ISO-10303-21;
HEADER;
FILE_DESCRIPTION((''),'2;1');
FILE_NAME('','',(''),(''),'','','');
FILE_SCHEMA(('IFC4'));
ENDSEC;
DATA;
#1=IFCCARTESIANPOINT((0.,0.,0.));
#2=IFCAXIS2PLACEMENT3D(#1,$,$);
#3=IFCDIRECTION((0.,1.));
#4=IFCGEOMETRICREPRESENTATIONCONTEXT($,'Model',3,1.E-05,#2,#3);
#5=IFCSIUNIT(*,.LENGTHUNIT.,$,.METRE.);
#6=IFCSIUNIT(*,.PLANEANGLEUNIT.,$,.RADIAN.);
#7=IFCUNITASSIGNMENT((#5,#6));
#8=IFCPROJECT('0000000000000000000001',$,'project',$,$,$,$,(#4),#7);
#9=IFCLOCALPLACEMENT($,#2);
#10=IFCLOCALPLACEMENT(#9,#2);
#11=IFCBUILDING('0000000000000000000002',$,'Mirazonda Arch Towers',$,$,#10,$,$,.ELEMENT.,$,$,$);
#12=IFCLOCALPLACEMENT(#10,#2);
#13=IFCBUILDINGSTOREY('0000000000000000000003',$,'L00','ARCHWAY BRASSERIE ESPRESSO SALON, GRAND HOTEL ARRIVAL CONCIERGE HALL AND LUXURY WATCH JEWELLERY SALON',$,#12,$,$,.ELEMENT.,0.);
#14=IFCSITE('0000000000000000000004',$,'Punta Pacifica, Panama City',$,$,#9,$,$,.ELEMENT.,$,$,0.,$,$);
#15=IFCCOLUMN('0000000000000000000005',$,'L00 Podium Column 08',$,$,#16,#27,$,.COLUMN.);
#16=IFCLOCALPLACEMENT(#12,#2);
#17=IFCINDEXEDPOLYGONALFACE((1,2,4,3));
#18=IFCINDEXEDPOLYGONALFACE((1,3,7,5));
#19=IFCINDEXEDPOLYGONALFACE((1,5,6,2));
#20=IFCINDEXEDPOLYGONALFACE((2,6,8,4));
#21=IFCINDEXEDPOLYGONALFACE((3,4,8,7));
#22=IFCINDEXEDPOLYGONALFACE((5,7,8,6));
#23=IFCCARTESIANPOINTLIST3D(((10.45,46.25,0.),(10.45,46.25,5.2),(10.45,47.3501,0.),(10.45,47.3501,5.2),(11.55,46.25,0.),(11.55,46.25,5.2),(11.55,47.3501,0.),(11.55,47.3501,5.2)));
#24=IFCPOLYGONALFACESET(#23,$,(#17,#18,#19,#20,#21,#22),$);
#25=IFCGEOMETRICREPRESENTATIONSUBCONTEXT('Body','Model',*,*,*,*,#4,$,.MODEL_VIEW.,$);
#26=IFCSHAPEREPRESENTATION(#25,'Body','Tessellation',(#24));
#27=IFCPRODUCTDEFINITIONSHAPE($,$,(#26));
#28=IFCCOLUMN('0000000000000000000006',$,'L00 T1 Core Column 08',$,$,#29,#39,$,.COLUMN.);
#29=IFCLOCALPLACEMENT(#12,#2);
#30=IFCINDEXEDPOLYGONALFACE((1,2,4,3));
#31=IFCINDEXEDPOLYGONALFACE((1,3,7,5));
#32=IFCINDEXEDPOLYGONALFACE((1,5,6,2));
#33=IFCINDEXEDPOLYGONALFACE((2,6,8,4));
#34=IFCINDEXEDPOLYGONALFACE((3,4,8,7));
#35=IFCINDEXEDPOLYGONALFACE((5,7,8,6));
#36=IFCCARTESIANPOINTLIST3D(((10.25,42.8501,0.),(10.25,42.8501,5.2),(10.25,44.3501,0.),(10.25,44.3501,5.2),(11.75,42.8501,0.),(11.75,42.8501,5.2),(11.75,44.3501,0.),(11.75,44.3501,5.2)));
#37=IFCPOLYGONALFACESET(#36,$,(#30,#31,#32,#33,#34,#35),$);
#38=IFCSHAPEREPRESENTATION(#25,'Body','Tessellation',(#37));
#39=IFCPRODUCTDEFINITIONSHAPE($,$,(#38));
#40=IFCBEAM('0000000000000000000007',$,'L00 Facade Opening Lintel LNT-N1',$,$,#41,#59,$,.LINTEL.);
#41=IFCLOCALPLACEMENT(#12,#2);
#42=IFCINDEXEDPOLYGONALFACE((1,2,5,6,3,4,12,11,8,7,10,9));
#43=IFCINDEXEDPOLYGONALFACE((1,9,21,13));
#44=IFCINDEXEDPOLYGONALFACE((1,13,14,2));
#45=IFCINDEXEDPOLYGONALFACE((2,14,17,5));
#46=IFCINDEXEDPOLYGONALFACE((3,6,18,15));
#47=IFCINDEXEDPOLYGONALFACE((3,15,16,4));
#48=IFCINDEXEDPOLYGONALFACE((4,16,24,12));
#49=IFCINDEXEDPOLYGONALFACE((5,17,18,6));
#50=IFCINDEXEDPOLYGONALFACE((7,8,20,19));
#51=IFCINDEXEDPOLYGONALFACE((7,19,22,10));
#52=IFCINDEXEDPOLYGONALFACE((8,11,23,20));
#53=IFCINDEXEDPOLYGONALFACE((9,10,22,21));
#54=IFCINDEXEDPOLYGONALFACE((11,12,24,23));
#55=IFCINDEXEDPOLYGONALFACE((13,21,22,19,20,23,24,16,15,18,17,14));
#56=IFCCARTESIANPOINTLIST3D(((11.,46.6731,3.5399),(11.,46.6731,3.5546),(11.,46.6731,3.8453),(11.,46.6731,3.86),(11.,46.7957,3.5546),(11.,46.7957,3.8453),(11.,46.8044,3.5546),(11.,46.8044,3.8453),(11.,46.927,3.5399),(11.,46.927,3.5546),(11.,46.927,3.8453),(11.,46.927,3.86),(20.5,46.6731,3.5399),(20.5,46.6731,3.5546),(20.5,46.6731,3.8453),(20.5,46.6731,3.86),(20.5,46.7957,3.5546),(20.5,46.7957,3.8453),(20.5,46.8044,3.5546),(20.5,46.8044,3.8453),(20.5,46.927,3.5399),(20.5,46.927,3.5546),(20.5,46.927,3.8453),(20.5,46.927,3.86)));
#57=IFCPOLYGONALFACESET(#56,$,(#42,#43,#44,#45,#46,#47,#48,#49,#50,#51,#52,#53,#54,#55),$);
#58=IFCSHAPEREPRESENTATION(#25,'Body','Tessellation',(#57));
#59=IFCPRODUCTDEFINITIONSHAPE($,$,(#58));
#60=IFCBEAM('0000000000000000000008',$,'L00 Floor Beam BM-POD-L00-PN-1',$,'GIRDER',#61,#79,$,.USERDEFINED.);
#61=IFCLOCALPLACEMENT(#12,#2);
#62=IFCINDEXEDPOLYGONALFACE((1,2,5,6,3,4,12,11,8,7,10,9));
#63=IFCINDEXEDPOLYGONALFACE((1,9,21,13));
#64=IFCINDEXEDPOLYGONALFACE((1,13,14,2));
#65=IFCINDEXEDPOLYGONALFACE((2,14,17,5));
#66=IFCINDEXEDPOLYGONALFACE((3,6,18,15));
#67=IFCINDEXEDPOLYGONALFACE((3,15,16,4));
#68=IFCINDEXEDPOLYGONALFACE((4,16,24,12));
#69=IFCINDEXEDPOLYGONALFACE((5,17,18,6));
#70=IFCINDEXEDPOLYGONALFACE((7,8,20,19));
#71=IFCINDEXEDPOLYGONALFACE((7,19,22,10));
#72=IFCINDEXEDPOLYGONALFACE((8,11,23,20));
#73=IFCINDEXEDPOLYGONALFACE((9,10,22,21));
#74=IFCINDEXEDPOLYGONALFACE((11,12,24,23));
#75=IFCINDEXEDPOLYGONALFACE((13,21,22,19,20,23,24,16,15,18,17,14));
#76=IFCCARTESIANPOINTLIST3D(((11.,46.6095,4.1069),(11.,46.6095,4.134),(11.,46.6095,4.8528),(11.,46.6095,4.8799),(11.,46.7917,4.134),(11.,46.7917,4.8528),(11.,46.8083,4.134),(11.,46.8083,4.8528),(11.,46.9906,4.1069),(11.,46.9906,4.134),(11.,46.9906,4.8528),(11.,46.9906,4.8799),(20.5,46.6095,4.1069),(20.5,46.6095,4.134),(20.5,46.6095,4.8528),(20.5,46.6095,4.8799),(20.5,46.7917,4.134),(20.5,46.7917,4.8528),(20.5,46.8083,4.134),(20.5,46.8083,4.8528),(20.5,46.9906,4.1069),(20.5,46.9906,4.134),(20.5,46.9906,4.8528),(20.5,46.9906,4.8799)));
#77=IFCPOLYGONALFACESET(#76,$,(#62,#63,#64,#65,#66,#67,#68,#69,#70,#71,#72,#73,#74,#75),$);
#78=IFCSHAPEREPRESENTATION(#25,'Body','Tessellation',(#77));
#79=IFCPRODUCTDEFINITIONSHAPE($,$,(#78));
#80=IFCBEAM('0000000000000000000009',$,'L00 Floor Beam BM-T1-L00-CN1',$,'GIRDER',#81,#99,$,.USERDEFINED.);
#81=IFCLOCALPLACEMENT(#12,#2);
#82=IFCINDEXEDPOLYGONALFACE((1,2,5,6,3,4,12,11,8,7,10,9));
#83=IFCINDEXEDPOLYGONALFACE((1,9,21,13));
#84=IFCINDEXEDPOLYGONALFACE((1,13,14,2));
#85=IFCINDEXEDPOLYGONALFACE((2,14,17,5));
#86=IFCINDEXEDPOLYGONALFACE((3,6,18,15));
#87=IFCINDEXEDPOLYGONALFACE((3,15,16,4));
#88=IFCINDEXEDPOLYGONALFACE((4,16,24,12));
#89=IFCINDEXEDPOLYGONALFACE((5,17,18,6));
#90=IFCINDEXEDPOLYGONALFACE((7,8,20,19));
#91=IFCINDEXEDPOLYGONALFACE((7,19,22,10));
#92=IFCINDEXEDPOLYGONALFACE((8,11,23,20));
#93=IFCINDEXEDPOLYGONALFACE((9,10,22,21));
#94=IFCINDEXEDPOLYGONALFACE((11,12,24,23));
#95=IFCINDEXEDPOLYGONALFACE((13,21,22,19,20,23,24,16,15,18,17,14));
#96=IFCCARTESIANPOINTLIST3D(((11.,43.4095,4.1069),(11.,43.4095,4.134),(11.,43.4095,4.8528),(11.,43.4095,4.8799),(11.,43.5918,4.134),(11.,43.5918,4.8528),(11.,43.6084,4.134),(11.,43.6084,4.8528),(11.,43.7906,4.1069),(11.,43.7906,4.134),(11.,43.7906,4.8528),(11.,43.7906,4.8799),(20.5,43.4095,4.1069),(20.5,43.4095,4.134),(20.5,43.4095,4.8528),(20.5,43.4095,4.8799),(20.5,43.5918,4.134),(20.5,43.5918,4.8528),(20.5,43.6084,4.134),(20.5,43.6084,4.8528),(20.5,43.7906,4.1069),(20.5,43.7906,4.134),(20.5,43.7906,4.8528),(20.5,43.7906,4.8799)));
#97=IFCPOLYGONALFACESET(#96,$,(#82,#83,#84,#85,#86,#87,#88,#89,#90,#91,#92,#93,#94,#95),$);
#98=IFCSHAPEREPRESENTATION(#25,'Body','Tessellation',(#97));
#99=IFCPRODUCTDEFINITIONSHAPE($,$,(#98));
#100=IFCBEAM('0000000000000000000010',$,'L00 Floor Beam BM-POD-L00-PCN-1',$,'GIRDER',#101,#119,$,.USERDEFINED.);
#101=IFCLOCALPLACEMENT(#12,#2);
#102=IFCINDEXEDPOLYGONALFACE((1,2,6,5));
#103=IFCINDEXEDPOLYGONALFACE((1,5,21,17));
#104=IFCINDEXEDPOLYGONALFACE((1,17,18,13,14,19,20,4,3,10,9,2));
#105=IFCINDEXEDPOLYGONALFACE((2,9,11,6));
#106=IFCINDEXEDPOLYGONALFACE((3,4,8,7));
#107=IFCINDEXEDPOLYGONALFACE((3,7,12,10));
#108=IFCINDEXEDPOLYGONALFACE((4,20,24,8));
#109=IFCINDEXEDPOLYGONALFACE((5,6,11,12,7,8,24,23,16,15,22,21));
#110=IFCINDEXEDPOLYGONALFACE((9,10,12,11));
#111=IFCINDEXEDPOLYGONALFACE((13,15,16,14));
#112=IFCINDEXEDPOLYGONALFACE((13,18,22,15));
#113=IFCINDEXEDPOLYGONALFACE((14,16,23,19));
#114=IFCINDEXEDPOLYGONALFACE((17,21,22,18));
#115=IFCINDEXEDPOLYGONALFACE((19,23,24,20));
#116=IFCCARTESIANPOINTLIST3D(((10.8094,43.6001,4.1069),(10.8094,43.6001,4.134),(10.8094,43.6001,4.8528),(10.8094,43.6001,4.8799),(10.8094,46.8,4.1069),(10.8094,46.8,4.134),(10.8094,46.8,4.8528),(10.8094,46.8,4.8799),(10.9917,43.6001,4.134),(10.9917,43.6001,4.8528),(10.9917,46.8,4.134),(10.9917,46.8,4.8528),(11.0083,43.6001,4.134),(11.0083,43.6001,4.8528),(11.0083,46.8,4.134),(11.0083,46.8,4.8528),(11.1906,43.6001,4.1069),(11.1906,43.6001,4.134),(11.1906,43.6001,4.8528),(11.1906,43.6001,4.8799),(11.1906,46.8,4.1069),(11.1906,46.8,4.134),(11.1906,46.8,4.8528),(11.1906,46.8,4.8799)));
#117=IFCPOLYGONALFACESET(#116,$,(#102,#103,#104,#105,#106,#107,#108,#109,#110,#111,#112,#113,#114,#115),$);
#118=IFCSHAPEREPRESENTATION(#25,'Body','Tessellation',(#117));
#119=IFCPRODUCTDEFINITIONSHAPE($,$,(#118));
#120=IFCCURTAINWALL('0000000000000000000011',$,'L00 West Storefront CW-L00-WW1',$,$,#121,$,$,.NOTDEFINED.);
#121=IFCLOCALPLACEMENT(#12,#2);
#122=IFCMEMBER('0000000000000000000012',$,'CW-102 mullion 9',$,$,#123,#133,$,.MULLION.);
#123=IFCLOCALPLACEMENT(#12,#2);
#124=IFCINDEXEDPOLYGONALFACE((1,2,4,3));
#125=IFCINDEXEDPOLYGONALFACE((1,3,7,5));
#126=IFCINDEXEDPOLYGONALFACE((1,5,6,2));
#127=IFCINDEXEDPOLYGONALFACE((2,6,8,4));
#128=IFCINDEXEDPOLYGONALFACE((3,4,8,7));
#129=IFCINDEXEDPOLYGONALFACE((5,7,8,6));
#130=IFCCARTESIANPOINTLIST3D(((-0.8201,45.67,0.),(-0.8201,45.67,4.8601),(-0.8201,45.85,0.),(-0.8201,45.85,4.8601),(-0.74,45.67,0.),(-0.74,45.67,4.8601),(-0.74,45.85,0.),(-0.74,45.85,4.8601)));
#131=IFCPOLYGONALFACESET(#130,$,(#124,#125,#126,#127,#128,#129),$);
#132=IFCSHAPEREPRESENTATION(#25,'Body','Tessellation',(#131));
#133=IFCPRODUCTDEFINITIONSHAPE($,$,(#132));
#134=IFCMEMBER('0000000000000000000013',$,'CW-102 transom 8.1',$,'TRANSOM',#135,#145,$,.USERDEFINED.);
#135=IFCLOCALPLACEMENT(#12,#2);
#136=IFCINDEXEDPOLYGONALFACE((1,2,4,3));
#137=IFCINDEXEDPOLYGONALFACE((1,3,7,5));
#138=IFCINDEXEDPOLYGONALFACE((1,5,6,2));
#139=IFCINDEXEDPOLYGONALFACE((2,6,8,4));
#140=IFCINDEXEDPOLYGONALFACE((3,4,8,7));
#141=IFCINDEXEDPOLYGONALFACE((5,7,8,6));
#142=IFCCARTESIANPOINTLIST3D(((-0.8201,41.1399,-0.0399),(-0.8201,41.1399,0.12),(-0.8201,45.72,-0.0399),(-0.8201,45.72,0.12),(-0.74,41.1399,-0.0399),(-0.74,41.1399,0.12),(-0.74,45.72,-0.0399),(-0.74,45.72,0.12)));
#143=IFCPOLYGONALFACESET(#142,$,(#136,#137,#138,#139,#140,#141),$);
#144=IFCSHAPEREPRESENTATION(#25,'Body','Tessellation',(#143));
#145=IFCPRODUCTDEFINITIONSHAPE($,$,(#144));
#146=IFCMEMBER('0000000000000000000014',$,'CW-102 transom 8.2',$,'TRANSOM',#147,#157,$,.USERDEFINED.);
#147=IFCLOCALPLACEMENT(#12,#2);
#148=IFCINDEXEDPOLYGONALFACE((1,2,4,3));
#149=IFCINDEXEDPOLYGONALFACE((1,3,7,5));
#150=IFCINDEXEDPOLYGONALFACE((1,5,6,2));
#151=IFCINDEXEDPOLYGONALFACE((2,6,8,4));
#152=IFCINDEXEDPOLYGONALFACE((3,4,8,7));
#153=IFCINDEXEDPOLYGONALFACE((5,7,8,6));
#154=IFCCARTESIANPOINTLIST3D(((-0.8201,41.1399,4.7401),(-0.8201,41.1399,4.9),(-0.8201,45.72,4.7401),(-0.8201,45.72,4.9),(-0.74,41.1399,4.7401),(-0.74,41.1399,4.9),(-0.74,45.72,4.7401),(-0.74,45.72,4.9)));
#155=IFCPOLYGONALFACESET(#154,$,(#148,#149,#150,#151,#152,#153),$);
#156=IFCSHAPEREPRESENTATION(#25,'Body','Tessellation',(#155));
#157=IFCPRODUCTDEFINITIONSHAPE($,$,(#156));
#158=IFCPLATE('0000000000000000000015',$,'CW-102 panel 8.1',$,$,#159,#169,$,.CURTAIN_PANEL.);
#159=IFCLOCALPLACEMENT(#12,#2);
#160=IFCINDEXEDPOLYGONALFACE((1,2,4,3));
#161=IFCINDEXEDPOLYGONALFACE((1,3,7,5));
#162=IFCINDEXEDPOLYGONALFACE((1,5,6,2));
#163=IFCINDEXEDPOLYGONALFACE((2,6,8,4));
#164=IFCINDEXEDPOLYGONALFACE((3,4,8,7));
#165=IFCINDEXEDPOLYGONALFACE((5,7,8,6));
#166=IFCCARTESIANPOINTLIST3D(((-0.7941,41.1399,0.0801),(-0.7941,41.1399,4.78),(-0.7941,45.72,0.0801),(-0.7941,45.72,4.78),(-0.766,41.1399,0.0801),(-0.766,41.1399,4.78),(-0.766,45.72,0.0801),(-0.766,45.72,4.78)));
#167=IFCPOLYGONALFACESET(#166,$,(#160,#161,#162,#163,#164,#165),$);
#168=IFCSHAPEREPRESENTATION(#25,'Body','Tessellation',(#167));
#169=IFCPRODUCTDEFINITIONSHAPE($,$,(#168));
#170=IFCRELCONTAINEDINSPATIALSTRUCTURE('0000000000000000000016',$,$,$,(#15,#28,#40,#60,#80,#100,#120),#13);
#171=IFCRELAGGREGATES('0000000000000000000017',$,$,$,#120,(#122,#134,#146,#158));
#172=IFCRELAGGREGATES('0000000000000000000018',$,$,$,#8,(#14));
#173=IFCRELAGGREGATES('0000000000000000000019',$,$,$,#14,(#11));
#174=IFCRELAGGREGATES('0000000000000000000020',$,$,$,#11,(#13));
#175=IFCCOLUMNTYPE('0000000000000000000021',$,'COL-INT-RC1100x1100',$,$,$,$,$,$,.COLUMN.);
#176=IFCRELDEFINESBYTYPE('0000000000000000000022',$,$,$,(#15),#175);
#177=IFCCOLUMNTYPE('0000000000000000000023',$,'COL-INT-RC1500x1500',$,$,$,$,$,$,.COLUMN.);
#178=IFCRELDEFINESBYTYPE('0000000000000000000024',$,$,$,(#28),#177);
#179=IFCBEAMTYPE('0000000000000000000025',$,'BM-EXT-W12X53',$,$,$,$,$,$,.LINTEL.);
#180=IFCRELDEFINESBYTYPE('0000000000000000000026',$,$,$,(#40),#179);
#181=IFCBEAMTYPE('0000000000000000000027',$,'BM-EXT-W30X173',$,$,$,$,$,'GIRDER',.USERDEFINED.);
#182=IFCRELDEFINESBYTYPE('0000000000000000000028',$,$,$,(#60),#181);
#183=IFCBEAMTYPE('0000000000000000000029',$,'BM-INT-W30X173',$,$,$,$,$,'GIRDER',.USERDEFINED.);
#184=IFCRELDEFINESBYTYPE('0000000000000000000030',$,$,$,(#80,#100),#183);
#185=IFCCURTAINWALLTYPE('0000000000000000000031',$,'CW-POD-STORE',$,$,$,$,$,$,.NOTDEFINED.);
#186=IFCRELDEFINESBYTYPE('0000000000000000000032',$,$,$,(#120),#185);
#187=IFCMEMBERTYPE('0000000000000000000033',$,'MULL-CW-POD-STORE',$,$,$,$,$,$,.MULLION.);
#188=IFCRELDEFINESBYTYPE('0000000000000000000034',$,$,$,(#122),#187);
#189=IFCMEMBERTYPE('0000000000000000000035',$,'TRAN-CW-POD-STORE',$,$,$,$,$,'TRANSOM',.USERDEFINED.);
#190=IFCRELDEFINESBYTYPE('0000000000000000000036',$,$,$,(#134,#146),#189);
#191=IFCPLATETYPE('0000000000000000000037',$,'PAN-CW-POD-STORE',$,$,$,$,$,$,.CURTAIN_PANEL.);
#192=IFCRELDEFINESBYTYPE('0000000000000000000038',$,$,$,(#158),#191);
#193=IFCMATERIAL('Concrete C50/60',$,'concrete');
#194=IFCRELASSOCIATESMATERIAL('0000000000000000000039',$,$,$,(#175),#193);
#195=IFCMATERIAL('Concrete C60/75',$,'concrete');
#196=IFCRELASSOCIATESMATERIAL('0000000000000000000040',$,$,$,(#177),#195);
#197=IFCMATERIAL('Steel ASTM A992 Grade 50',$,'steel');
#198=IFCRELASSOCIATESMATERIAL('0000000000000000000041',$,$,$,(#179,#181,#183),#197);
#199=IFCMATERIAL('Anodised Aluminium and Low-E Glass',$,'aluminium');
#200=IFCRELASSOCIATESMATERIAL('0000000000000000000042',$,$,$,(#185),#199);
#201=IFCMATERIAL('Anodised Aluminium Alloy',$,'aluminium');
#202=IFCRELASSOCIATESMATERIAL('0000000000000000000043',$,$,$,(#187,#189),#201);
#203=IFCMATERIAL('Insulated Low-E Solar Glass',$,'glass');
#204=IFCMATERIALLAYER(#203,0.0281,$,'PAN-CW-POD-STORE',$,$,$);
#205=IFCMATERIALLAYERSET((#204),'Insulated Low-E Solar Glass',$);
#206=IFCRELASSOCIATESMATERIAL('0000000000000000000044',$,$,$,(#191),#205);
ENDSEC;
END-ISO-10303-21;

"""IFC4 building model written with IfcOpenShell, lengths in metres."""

from ifc_helpers import new_model, si_unit, direction, frame, origin, origin_2d, place, context, subcontext, project, spatial, rectangle, i_section, extrude, material, layer, layer_set, material_profile, profile_set, type_object, element, aggregate, save


model = new_model("IFC4")

# Units and contexts
model_context = context("Model", 3, precision=1e-05, world=origin(), true_north=direction((0.0, 1.0)))
body_context = subcontext(model_context, "Body", "Model", "MODEL_VIEW")
ifc_project = project(units=[si_unit("LENGTHUNIT", "METRE"), si_unit("PLANEANGLEUNIT", "RADIAN")], contexts=[model_context])

# Site, building, storey
site_placement = place(None, origin())
site = spatial("IfcSite", under=ifc_project, at=site_placement, Name="Punta Pacifica, Panama City", CompositionType="ELEMENT", RefElevation=0.0)
building_placement = place(site_placement, origin())
building = spatial("IfcBuilding", under=site, at=building_placement, Name="Mirazonda Arch Towers", CompositionType="ELEMENT")
storey_placement = place(building_placement, origin())
storey = spatial("IfcBuildingStorey", under=building, at=storey_placement, Name="L00", Description="ARCHWAY BRASSERIE ESPRESSO SALON, GRAND HOTEL ARRIVAL CONCIERGE HALL AND LUXURY WATCH JEWELLERY SALON", CompositionType="ELEMENT", Elevation=0.0)

# Columns
ifc_material_1 = material(Name="Concrete C50/60", Category="concrete")
ifc_material_profile_1 = material_profile(ifc_material_1, rectangle(XDim=1.1001, YDim=1.1001, at=origin_2d()), Name="RC1100x1100")
ifc_profile_set_1 = profile_set([ifc_material_profile_1], Name="Concrete C50/60")
column_type_1 = type_object("IfcColumnType", Name="COL-INT-RC1100x1100", PredefinedType="COLUMN", material=ifc_profile_set_1)
column_1_placement = place(storey_placement, frame((11.0, 46.8, 0.0), z_axis=(0.0, 0.0, 1.0), x_axis=(1.0, 0.0, 0.0)))
element("IfcColumn", 1, at=column_1_placement, inside=storey, type_object=column_type_1, Name="L00 Podium Column 08", PredefinedType="COLUMN", context=body_context, shape_type="SweptSolid", body=[
    extrude(rectangle(XDim=1.1001, YDim=1.1001, at=origin_2d()), origin(), (0.0, 0.0, 1.0), 5.2),
])
ifc_material_2 = material(Name="Concrete C60/75", Category="concrete")
ifc_material_profile_2 = material_profile(ifc_material_2, rectangle(XDim=1.5, YDim=1.5, at=origin_2d()), Name="RC1500x1500")
ifc_profile_set_2 = profile_set([ifc_material_profile_2], Name="Concrete C60/75")
column_type_2 = type_object("IfcColumnType", Name="COL-INT-RC1500x1500", PredefinedType="COLUMN", material=ifc_profile_set_2)
column_2_placement = place(storey_placement, frame((11.0, 43.6001, 0.0), z_axis=(0.0, 0.0, 1.0), x_axis=(1.0, 0.0, 0.0)))
element("IfcColumn", 2, at=column_2_placement, inside=storey, type_object=column_type_2, Name="L00 T1 Core Column 08", PredefinedType="COLUMN", context=body_context, shape_type="SweptSolid", body=[
    extrude(rectangle(XDim=1.5, YDim=1.5, at=origin_2d()), origin(), (0.0, 0.0, 1.0), 5.2),
])

# Beams
ifc_material_3 = material(Name="Steel ASTM A992 Grade 50", Category="steel")
ifc_material_profile_3 = material_profile(ifc_material_3, i_section(OverallWidth=0.2539, OverallDepth=0.3201, WebThickness=0.0088, FlangeThickness=0.0146, at=origin_2d()), Name="W12X53")
ifc_profile_set_3 = profile_set([ifc_material_profile_3], Name="Steel ASTM A992 Grade 50")
beam_type_1 = type_object("IfcBeamType", Name="BM-EXT-W12X53", PredefinedType="LINTEL", material=ifc_profile_set_3)
beam_1_placement = place(storey_placement, frame((11.0, 46.8, 3.7), z_axis=(1.0, 0.0, 0.0), x_axis=(0.0, 1.0, 0.0)))
element("IfcBeam", 3, at=beam_1_placement, inside=storey, type_object=beam_type_1, Name="L00 Facade Opening Lintel LNT-N1", PredefinedType="LINTEL", context=body_context, shape_type="SweptSolid", body=[
    extrude(i_section(OverallWidth=0.2539, OverallDepth=0.3201, WebThickness=0.0088, FlangeThickness=0.0146, at=origin_2d()), origin(), (0.0, 0.0, 1.0), 9.5),
])
ifc_material_profile_4 = material_profile(ifc_material_3, i_section(OverallWidth=0.3811, OverallDepth=0.7729, WebThickness=0.0166, FlangeThickness=0.0271, at=origin_2d()), Name="W30X173")
ifc_profile_set_4 = profile_set([ifc_material_profile_4], Name="Steel ASTM A992 Grade 50")
beam_type_2 = type_object("IfcBeamType", Name="BM-EXT-W30X173", ElementType="GIRDER", PredefinedType="USERDEFINED", material=ifc_profile_set_4)
beam_2_placement = place(storey_placement, frame((11.0, 46.8, 4.4934), z_axis=(1.0, 0.0, 0.0), x_axis=(0.0, 1.0, 0.0)))
element("IfcBeam", 4, at=beam_2_placement, inside=storey, type_object=beam_type_2, Name="L00 Floor Beam BM-POD-L00-PN-1", ObjectType="GIRDER", PredefinedType="USERDEFINED", context=body_context, shape_type="SweptSolid", body=[
    extrude(i_section(OverallWidth=0.3811, OverallDepth=0.7729, WebThickness=0.0166, FlangeThickness=0.0271, at=origin_2d()), origin(), (0.0, 0.0, 1.0), 9.5),
])
ifc_material_profile_5 = material_profile(ifc_material_3, i_section(OverallWidth=0.3811, OverallDepth=0.7729, WebThickness=0.0166, FlangeThickness=0.0271, at=origin_2d()), Name="W30X173")
ifc_profile_set_5 = profile_set([ifc_material_profile_5], Name="Steel ASTM A992 Grade 50")
beam_type_3 = type_object("IfcBeamType", Name="BM-INT-W30X173", ElementType="GIRDER", PredefinedType="USERDEFINED", material=ifc_profile_set_5)
beam_3_placement = place(storey_placement, frame((11.0, 43.6001, 4.4934), z_axis=(1.0, 0.0, 0.0), x_axis=(0.0, 1.0, 0.0)))
element("IfcBeam", 5, at=beam_3_placement, inside=storey, type_object=beam_type_3, Name="L00 Floor Beam BM-T1-L00-CN1", ObjectType="GIRDER", PredefinedType="USERDEFINED", context=body_context, shape_type="SweptSolid", body=[
    extrude(i_section(OverallWidth=0.3811, OverallDepth=0.7729, WebThickness=0.0166, FlangeThickness=0.0271, at=origin_2d()), origin(), (0.0, 0.0, 1.0), 9.5),
])
beam_4_placement = place(storey_placement, frame((11.0, 43.6001, 4.4934), z_axis=(0.0, 1.0, 0.0), x_axis=(-1.0, 0.0, 0.0)))
element("IfcBeam", 6, at=beam_4_placement, inside=storey, type_object=beam_type_3, Name="L00 Floor Beam BM-POD-L00-PCN-1", ObjectType="GIRDER", PredefinedType="USERDEFINED", context=body_context, shape_type="SweptSolid", body=[
    extrude(i_section(OverallWidth=0.3811, OverallDepth=0.7729, WebThickness=0.0166, FlangeThickness=0.0271, at=origin_2d()), origin(), (0.0, 0.0, 1.0), 3.2),
])

# Curtain wall, members, plate
ifc_material_4 = material(Name="Anodised Aluminium and Low-E Glass", Category="aluminium")
curtain_wall_type = type_object("IfcCurtainWallType", Name="CW-POD-STORE", PredefinedType="NOTDEFINED", material=ifc_material_4)
curtain_wall_placement = place(storey_placement, origin())
curtain_wall = element("IfcCurtainWall", 7, at=curtain_wall_placement, inside=storey, type_object=curtain_wall_type, Name="L00 West Storefront CW-L00-WW1", PredefinedType="NOTDEFINED")
ifc_material_5 = material(Name="Anodised Aluminium Alloy", Category="aluminium")
ifc_material_profile_6 = material_profile(ifc_material_5, rectangle(XDim=0.0801, YDim=0.1799, at=origin_2d()), Name="ALU-MULL-80x180")
ifc_profile_set_6 = profile_set([ifc_material_profile_6], Name="Anodised Aluminium Alloy")
member_type_1 = type_object("IfcMemberType", Name="MULL-CW-POD-STORE", PredefinedType="MULLION", material=ifc_profile_set_6)
member_1_placement = place(storey_placement, frame((-0.78, 45.76, 0.0), z_axis=(0.0, 0.0, 1.0), x_axis=(-1.0, 0.0, 0.0)))
member_1 = element("IfcMember", 8, at=member_1_placement, type_object=member_type_1, Name="CW-102 mullion 9", PredefinedType="MULLION", context=body_context, shape_type="SweptSolid", body=[
    extrude(rectangle(XDim=0.0801, YDim=0.1799, at=origin_2d()), origin(), (0.0, 0.0, 1.0), 4.8601),
])
ifc_material_profile_7 = material_profile(ifc_material_5, rectangle(XDim=0.0801, YDim=0.1599, at=origin_2d()), Name="ALU-TRAN-80x160")
ifc_profile_set_7 = profile_set([ifc_material_profile_7], Name="Anodised Aluminium Alloy")
member_type_2 = type_object("IfcMemberType", Name="TRAN-CW-POD-STORE", ElementType="TRANSOM", PredefinedType="USERDEFINED", material=ifc_profile_set_7)
member_2_placement = place(storey_placement, frame((-0.78, 41.1399, 0.04), z_axis=(0.0, 1.0, 0.0), x_axis=(-1.0, 0.0, 0.0)))
member_2 = element("IfcMember", 9, at=member_2_placement, type_object=member_type_2, Name="CW-102 transom 8.1", ObjectType="TRANSOM", PredefinedType="USERDEFINED", context=body_context, shape_type="SweptSolid", body=[
    extrude(rectangle(XDim=0.0801, YDim=0.1599, at=origin_2d()), origin(), (0.0, 0.0, 1.0), 4.5801),
])
member_3_placement = place(storey_placement, frame((-0.78, 41.1399, 4.8201), z_axis=(0.0, 1.0, 0.0), x_axis=(-1.0, 0.0, 0.0)))
member_3 = element("IfcMember", 10, at=member_3_placement, type_object=member_type_2, Name="CW-102 transom 8.2", ObjectType="TRANSOM", PredefinedType="USERDEFINED", context=body_context, shape_type="SweptSolid", body=[
    extrude(rectangle(XDim=0.0801, YDim=0.1599, at=origin_2d()), origin(), (0.0, 0.0, 1.0), 4.5801),
])
ifc_material_6 = material(Name="Insulated Low-E Solar Glass", Category="glass")
ifc_layer_1 = layer(ifc_material_6, 0.0281, Name="PAN-CW-POD-STORE")
ifc_layer_set_1 = layer_set([ifc_layer_1], Name="Insulated Low-E Solar Glass")
plate_type = type_object("IfcPlateType", Name="PAN-CW-POD-STORE", PredefinedType="CURTAIN_PANEL", material=ifc_layer_set_1)
plate_placement = place(storey_placement, frame((-0.78, 43.4299, 0.0801), z_axis=(0.0, 0.0, 1.0), x_axis=(0.0, 1.0, 0.0)))
plate = element("IfcPlate", 11, at=plate_placement, type_object=plate_type, Name="CW-102 panel 8.1", PredefinedType="CURTAIN_PANEL", context=body_context, shape_type="SweptSolid", body=[
    extrude(rectangle(XDim=4.5801, YDim=0.0281, at=origin_2d()), origin(), (0.0, 0.0, 1.0), 4.7),
])
aggregate(curtain_wall, [member_1, member_2, member_3, plate])

save(model, "model.ifc")
